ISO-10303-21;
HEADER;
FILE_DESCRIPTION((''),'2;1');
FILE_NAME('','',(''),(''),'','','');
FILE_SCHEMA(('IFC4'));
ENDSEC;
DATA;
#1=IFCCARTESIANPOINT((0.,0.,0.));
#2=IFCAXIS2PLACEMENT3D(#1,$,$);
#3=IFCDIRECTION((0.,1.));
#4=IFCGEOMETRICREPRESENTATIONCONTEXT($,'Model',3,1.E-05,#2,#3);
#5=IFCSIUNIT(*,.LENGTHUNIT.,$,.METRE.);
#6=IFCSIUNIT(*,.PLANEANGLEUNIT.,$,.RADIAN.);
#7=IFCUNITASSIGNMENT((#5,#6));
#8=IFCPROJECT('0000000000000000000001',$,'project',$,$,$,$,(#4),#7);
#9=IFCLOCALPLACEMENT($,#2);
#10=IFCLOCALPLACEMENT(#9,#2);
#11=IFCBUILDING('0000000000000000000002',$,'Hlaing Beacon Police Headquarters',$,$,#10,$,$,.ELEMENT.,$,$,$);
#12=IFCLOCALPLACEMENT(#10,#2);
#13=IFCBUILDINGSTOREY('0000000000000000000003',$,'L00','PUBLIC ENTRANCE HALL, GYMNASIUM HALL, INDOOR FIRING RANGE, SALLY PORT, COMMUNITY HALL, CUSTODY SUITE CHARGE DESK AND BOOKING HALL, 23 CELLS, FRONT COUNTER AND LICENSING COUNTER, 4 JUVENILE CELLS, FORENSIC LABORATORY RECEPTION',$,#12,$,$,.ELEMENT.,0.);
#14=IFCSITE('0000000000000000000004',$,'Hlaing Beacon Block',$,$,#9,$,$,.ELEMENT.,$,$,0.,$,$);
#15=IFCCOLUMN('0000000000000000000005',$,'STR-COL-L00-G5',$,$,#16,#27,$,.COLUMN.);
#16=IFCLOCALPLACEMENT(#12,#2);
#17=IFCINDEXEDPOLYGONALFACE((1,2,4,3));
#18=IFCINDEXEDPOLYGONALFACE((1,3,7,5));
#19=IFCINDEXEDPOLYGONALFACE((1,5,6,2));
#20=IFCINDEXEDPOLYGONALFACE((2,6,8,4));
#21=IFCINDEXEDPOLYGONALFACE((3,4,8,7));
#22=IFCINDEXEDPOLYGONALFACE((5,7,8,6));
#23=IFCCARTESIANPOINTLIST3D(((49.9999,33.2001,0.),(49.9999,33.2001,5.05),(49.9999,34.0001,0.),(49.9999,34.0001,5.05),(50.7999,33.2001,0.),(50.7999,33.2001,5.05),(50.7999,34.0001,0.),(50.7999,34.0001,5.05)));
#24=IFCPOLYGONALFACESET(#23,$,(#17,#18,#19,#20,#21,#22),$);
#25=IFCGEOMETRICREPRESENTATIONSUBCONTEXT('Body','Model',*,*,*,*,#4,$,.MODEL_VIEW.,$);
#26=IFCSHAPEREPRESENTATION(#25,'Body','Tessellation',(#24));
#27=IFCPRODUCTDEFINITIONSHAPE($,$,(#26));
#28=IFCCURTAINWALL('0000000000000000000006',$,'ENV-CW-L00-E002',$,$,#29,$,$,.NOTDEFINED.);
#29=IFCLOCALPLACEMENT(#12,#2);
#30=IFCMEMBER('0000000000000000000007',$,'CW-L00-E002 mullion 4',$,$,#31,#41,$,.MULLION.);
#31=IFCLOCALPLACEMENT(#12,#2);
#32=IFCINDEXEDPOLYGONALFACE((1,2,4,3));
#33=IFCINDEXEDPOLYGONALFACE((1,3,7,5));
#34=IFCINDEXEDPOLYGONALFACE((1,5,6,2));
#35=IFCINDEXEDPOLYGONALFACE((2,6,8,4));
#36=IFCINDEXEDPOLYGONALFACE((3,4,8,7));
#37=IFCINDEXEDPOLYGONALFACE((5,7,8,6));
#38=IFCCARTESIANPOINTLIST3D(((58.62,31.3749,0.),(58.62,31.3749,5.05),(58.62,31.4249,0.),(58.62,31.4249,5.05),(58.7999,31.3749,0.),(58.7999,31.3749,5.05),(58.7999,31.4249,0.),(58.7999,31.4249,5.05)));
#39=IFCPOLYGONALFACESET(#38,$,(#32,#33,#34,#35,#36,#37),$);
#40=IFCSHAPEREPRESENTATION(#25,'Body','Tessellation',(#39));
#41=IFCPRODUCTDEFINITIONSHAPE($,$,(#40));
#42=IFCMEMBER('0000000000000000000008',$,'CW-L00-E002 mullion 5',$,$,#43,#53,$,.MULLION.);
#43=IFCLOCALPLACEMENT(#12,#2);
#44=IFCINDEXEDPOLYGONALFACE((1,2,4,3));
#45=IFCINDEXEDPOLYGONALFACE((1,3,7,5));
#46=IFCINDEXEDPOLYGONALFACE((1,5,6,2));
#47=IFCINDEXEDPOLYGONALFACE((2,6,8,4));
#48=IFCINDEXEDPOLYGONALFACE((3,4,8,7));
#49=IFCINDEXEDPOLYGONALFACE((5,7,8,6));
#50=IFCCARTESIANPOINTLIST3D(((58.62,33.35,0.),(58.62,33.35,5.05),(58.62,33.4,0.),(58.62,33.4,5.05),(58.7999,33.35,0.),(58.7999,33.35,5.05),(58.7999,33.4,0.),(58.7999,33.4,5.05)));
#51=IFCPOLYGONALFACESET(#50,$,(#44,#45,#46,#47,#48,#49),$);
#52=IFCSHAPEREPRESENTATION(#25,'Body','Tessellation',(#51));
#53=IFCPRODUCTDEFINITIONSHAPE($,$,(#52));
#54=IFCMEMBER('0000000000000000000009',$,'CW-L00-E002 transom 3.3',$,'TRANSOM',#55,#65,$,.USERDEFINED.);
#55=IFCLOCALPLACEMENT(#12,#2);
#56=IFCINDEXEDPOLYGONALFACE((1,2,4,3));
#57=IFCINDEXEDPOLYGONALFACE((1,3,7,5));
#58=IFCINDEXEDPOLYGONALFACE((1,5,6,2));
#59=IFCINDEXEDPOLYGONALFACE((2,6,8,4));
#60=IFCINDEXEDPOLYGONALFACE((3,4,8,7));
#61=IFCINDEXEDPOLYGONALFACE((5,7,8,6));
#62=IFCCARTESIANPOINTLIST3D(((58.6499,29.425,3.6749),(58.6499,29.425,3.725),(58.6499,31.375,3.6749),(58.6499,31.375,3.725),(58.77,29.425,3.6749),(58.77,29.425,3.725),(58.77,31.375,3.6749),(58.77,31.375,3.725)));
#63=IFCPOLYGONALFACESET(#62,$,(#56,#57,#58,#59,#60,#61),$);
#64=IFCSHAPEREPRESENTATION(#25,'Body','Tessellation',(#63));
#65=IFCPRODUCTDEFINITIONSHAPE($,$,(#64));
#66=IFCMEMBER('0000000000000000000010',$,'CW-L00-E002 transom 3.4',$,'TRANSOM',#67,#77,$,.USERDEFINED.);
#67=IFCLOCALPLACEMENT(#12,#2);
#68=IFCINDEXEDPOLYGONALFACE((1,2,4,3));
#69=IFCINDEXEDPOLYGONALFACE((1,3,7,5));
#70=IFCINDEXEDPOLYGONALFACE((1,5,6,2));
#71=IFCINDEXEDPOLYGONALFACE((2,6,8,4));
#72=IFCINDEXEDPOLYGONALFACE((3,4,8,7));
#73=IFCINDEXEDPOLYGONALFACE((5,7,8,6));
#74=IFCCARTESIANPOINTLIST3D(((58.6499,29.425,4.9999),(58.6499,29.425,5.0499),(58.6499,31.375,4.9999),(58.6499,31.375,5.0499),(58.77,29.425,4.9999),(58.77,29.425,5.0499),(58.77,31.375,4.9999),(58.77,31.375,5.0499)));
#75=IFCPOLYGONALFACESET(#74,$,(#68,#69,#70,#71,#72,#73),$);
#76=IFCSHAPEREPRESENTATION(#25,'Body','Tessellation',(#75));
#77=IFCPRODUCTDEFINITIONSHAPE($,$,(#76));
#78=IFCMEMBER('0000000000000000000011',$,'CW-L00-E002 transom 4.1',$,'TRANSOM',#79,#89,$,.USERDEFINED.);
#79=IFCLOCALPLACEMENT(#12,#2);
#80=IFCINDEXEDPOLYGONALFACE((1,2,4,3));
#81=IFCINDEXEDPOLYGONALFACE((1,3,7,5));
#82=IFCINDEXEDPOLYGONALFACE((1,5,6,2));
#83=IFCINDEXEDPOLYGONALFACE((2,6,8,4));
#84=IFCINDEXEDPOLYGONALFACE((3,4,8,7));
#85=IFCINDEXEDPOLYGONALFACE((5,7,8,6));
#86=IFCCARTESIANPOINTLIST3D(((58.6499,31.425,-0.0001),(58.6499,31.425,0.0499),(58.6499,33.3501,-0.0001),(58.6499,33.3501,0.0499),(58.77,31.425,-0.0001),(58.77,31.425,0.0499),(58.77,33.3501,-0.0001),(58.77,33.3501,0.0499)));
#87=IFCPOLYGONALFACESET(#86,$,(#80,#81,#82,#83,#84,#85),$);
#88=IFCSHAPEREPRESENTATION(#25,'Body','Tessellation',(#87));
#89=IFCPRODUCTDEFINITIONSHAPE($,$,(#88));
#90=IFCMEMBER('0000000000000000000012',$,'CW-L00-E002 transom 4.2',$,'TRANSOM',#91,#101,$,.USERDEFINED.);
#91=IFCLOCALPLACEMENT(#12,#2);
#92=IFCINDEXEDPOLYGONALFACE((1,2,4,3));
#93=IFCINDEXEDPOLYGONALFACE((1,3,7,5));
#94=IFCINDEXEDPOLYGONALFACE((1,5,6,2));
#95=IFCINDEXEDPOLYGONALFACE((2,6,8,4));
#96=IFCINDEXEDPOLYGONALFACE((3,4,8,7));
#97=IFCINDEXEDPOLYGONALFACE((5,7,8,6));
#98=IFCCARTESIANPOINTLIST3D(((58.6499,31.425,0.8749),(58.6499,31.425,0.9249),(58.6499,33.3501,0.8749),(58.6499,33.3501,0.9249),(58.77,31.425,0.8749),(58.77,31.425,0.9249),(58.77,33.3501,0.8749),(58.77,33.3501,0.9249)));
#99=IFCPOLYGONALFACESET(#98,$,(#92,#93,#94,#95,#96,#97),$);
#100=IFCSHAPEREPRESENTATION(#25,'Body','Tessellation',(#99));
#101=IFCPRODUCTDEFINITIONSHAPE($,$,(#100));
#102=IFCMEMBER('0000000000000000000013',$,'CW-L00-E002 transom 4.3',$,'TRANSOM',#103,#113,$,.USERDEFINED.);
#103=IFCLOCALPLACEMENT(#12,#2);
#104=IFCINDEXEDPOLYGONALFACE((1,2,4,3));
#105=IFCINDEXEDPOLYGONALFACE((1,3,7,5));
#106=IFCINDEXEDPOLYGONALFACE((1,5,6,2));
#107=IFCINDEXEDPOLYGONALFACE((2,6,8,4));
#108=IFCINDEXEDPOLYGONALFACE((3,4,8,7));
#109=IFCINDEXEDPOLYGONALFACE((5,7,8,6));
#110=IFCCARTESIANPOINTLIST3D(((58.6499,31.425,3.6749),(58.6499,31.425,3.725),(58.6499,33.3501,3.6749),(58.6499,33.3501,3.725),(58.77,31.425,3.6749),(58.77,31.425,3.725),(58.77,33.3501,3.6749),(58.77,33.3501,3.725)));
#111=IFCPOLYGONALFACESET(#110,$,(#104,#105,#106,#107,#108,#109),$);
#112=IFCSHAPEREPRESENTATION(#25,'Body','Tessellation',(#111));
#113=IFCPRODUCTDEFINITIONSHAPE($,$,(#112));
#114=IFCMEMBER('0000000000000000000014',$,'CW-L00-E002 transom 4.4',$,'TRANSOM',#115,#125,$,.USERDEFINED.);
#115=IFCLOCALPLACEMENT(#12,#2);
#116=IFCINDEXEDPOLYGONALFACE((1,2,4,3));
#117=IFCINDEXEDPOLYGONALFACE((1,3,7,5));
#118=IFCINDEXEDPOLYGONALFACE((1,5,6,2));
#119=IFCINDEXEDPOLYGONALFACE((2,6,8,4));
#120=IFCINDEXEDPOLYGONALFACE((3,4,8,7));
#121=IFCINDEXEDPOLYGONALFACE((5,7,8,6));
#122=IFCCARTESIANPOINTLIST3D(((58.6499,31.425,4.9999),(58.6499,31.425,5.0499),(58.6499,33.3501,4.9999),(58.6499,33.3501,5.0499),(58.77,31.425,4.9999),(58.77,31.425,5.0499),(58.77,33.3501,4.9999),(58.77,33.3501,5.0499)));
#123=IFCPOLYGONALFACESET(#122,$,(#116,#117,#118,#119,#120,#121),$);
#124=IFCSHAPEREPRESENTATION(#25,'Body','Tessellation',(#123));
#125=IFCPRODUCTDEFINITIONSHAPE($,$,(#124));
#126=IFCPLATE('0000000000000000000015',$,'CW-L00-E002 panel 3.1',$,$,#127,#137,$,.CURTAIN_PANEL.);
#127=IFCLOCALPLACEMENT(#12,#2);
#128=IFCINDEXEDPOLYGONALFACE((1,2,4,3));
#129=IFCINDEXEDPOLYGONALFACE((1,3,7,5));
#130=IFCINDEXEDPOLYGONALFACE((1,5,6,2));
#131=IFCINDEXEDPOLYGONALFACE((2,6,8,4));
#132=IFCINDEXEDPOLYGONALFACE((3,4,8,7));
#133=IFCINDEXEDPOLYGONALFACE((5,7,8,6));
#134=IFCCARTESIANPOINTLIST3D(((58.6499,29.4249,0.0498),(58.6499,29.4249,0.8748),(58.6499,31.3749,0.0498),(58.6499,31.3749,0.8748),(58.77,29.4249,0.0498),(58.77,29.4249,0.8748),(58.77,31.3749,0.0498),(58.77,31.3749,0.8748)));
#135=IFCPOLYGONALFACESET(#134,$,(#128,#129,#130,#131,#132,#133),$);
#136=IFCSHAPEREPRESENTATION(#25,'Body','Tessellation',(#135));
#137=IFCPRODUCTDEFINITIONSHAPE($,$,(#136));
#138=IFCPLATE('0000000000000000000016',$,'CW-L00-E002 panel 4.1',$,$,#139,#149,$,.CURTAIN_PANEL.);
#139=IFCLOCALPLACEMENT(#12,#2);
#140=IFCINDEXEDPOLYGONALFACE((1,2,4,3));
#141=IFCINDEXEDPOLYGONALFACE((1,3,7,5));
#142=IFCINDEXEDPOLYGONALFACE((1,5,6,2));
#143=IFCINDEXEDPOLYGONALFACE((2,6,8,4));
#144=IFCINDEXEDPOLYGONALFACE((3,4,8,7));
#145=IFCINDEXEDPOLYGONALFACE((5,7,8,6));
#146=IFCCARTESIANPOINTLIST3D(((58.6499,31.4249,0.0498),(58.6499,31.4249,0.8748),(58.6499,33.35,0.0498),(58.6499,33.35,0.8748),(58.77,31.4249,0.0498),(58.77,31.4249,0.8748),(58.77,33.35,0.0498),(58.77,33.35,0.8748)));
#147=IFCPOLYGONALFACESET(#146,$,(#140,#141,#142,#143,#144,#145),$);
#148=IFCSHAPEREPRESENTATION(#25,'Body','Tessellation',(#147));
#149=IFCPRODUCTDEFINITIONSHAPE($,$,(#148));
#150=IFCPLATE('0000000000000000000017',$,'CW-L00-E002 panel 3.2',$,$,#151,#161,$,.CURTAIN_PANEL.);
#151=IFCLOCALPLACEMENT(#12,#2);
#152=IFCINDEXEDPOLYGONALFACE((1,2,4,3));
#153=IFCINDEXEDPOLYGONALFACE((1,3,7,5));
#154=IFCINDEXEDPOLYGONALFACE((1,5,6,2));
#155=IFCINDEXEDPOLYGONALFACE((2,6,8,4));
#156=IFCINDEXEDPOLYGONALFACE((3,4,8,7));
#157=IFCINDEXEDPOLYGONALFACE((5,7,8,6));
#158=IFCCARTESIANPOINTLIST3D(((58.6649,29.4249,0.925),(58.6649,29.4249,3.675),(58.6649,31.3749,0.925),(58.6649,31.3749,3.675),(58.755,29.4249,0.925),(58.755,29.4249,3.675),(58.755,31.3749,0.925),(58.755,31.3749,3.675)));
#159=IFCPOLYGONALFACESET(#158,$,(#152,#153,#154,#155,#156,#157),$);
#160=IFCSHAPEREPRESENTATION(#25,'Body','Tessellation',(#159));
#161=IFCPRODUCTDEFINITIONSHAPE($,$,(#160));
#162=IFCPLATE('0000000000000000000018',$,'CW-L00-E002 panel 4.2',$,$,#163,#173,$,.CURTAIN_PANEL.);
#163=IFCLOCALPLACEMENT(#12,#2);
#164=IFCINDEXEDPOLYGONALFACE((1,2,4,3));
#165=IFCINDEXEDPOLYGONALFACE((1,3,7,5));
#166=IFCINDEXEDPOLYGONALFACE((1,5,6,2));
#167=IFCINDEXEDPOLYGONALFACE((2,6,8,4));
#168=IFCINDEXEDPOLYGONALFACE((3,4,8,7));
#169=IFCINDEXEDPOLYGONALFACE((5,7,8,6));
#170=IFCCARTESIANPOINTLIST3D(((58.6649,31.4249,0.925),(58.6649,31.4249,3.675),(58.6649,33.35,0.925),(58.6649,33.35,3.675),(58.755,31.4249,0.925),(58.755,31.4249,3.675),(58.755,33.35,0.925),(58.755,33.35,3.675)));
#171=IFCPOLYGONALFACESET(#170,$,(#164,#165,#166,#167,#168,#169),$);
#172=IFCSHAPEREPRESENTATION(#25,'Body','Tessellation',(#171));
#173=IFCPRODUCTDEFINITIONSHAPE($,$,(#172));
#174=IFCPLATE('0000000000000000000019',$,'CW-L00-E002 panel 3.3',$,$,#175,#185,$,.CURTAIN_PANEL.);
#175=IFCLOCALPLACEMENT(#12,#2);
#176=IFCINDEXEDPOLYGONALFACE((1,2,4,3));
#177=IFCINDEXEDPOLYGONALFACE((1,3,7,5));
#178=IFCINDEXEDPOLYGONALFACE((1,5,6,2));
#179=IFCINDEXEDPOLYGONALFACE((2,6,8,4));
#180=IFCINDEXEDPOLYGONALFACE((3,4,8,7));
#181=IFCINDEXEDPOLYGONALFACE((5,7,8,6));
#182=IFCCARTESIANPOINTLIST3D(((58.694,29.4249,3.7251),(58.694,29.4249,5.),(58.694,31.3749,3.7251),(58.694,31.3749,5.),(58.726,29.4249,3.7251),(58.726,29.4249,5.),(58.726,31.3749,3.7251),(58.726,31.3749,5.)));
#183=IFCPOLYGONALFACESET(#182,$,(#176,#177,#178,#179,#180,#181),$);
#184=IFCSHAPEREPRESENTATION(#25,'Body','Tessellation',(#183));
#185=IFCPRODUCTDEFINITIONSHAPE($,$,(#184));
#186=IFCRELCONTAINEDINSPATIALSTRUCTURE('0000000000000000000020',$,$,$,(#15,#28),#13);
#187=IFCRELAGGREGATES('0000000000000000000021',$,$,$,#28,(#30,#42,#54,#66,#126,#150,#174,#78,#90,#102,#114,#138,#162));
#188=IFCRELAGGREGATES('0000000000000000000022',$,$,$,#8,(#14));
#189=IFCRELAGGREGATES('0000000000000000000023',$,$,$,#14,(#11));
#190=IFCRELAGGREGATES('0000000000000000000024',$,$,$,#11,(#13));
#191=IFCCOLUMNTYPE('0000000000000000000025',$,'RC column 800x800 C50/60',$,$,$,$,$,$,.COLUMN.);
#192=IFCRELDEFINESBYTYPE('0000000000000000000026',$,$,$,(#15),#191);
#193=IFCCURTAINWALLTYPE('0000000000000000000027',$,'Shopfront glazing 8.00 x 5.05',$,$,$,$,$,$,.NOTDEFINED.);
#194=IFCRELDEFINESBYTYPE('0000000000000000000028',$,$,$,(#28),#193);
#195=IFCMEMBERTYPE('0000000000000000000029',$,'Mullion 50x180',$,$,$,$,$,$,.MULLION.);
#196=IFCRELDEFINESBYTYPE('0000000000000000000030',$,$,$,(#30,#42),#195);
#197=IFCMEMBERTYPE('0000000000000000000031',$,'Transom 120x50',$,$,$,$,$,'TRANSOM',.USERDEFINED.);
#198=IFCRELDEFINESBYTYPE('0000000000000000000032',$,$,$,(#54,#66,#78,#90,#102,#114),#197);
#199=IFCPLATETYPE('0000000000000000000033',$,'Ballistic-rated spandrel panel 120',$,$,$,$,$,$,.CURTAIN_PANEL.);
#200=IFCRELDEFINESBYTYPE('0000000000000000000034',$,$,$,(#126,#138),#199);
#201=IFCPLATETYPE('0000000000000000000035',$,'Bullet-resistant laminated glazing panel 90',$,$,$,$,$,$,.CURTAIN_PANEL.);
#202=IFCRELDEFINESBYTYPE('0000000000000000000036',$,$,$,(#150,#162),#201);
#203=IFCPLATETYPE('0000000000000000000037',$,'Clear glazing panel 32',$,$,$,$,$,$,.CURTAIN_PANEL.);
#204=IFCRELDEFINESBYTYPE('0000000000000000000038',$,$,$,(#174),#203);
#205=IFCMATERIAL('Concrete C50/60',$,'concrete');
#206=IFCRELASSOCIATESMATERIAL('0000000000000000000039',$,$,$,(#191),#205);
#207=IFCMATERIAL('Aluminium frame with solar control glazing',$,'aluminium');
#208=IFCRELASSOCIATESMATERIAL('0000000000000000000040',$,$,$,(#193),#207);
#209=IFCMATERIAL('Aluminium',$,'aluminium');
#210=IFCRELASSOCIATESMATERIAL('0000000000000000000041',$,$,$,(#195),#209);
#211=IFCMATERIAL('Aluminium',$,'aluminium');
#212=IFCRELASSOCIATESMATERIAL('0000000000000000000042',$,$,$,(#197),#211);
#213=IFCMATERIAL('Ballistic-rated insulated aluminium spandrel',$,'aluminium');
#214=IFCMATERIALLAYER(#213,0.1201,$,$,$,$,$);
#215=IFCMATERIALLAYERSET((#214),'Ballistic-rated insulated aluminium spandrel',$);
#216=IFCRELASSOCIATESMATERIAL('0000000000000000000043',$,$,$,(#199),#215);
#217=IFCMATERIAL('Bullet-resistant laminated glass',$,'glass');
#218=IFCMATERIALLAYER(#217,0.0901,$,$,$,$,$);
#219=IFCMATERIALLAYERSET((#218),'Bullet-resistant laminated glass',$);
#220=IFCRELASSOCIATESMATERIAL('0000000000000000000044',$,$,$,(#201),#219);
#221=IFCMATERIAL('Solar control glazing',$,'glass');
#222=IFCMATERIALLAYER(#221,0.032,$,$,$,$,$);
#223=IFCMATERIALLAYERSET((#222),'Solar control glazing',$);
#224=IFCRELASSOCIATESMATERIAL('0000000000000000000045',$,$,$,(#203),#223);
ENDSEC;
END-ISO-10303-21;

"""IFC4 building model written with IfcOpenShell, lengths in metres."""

from ifc_helpers import new_model, si_unit, direction, frame, origin, origin_2d, place, context, subcontext, project, spatial, rectangle, extrude, material, layer, layer_set, material_profile, profile_set, type_object, element, aggregate, save


model = new_model("IFC4")

# Units and contexts
model_context = context("Model", 3, precision=1e-05, world=origin(), true_north=direction((0.0, 1.0)))
body_context = subcontext(model_context, "Body", "Model", "MODEL_VIEW")
ifc_project = project(units=[si_unit("LENGTHUNIT", "METRE"), si_unit("PLANEANGLEUNIT", "RADIAN")], contexts=[model_context])

# Site, building, storey
site_placement = place(None, origin())
site = spatial("IfcSite", under=ifc_project, at=site_placement, Name="Hlaing Beacon Block", CompositionType="ELEMENT", RefElevation=0.0)
building_placement = place(site_placement, origin())
building = spatial("IfcBuilding", under=site, at=building_placement, Name="Hlaing Beacon Police Headquarters", CompositionType="ELEMENT")
storey_placement = place(building_placement, origin())
storey = spatial("IfcBuildingStorey", under=building, at=storey_placement, Name="L00", Description="PUBLIC ENTRANCE HALL, GYMNASIUM HALL, INDOOR FIRING RANGE, SALLY PORT, COMMUNITY HALL, CUSTODY SUITE CHARGE DESK AND BOOKING HALL, 23 CELLS, FRONT COUNTER AND LICENSING COUNTER, 4 JUVENILE CELLS, FORENSIC LABORATORY RECEPTION", CompositionType="ELEMENT", Elevation=0.0)

# Column
ifc_material_1 = material(Name="Concrete C50/60", Category="concrete")
ifc_material_profile_1 = material_profile(ifc_material_1, rectangle(XDim=0.8, YDim=0.8, at=origin_2d()), Name="800x800")
ifc_profile_set_1 = profile_set([ifc_material_profile_1], Name="Concrete C50/60")
column_type = type_object("IfcColumnType", Name="RC column 800x800 C50/60", PredefinedType="COLUMN", material=ifc_profile_set_1)
column_placement = place(storey_placement, frame((50.3999, 33.6001, 0.0), z_axis=(0.0, 0.0, 1.0), x_axis=(1.0, 0.0, 0.0)))
element("IfcColumn", 1, at=column_placement, inside=storey, type_object=column_type, Name="STR-COL-L00-G5", PredefinedType="COLUMN", context=body_context, shape_type="SweptSolid", body=[
    extrude(rectangle(XDim=0.8, YDim=0.8, at=origin_2d()), origin(), (0.0, 0.0, 1.0), 5.05),
])

# Curtain wall, members, plates
ifc_material_2 = material(Name="Aluminium frame with solar control glazing", Category="aluminium")
curtain_wall_type = type_object("IfcCurtainWallType", Name="Shopfront glazing 8.00 x 5.05", PredefinedType="NOTDEFINED", material=ifc_material_2)
curtain_wall_placement = place(storey_placement, origin())
curtain_wall = element("IfcCurtainWall", 2, at=curtain_wall_placement, inside=storey, type_object=curtain_wall_type, Name="ENV-CW-L00-E002", PredefinedType="NOTDEFINED")
ifc_material_3 = material(Name="Aluminium", Category="aluminium")
ifc_material_profile_2 = material_profile(ifc_material_3, rectangle(XDim=0.1799, YDim=0.05, at=origin_2d()), Name="Mullion 50x180")
ifc_profile_set_2 = profile_set([ifc_material_profile_2], Name="Aluminium")
member_type_1 = type_object("IfcMemberType", Name="Mullion 50x180", PredefinedType="MULLION", material=ifc_profile_set_2)
member_1_placement = place(storey_placement, frame((58.71, 31.3999, 0.0), z_axis=(0.0, 0.0, 1.0), x_axis=(-1.0, 0.0, 0.0)))
member_1 = element("IfcMember", 3, at=member_1_placement, type_object=member_type_1, Name="CW-L00-E002 mullion 4", PredefinedType="MULLION", context=body_context, shape_type="SweptSolid", body=[
    extrude(rectangle(XDim=0.1799, YDim=0.05, at=origin_2d()), origin(), (0.0, 0.0, 1.0), 5.05),
])
member_2_placement = place(storey_placement, frame((58.71, 33.375, 0.0), z_axis=(0.0, 0.0, 1.0), x_axis=(-1.0, 0.0, 0.0)))
member_2 = element("IfcMember", 4, at=member_2_placement, type_object=member_type_1, Name="CW-L00-E002 mullion 5", PredefinedType="MULLION", context=body_context, shape_type="SweptSolid", body=[
    extrude(rectangle(XDim=0.1799, YDim=0.05, at=origin_2d()), origin(), (0.0, 0.0, 1.0), 5.05),
])
ifc_material_4 = material(Name="Aluminium", Category="aluminium")
ifc_material_profile_3 = material_profile(ifc_material_4, rectangle(XDim=0.1201, YDim=0.05, at=origin_2d()), Name="Transom 120x50")
ifc_profile_set_3 = profile_set([ifc_material_profile_3], Name="Aluminium")
member_type_2 = type_object("IfcMemberType", Name="Transom 120x50", ElementType="TRANSOM", PredefinedType="USERDEFINED", material=ifc_profile_set_3)
member_3_placement = place(storey_placement, frame((58.71, 29.425, 3.7), z_axis=(0.0, 1.0, 0.0), x_axis=(-1.0, 0.0, 0.0)))
member_3 = element("IfcMember", 5, at=member_3_placement, type_object=member_type_2, Name="CW-L00-E002 transom 3.3", ObjectType="TRANSOM", PredefinedType="USERDEFINED", context=body_context, shape_type="SweptSolid", body=[
    extrude(rectangle(XDim=0.1201, YDim=0.05, at=origin_2d()), origin(), (0.0, 0.0, 1.0), 1.95),
])
member_4_placement = place(storey_placement, frame((58.71, 29.425, 5.0249), z_axis=(0.0, 1.0, 0.0), x_axis=(-1.0, 0.0, 0.0)))
member_4 = element("IfcMember", 6, at=member_4_placement, type_object=member_type_2, Name="CW-L00-E002 transom 3.4", ObjectType="TRANSOM", PredefinedType="USERDEFINED", context=body_context, shape_type="SweptSolid", body=[
    extrude(rectangle(XDim=0.1201, YDim=0.05, at=origin_2d()), origin(), (0.0, 0.0, 1.0), 1.95),
])
member_5_placement = place(storey_placement, frame((58.71, 31.425, 0.0249), z_axis=(0.0, 1.0, 0.0), x_axis=(-1.0, 0.0, 0.0)))
member_5 = element("IfcMember", 7, at=member_5_placement, type_object=member_type_2, Name="CW-L00-E002 transom 4.1", ObjectType="TRANSOM", PredefinedType="USERDEFINED", context=body_context, shape_type="SweptSolid", body=[
    extrude(rectangle(XDim=0.1201, YDim=0.05, at=origin_2d()), origin(), (0.0, 0.0, 1.0), 1.925),
])
member_6_placement = place(storey_placement, frame((58.71, 31.425, 0.8999), z_axis=(0.0, 1.0, 0.0), x_axis=(-1.0, 0.0, 0.0)))
member_6 = element("IfcMember", 8, at=member_6_placement, type_object=member_type_2, Name="CW-L00-E002 transom 4.2", ObjectType="TRANSOM", PredefinedType="USERDEFINED", context=body_context, shape_type="SweptSolid", body=[
    extrude(rectangle(XDim=0.1201, YDim=0.05, at=origin_2d()), origin(), (0.0, 0.0, 1.0), 1.925),
])
member_7_placement = place(storey_placement, frame((58.71, 31.425, 3.7), z_axis=(0.0, 1.0, 0.0), x_axis=(-1.0, 0.0, 0.0)))
member_7 = element("IfcMember", 9, at=member_7_placement, type_object=member_type_2, Name="CW-L00-E002 transom 4.3", ObjectType="TRANSOM", PredefinedType="USERDEFINED", context=body_context, shape_type="SweptSolid", body=[
    extrude(rectangle(XDim=0.1201, YDim=0.05, at=origin_2d()), origin(), (0.0, 0.0, 1.0), 1.925),
])
member_8_placement = place(storey_placement, frame((58.71, 31.425, 5.0249), z_axis=(0.0, 1.0, 0.0), x_axis=(-1.0, 0.0, 0.0)))
member_8 = element("IfcMember", 10, at=member_8_placement, type_object=member_type_2, Name="CW-L00-E002 transom 4.4", ObjectType="TRANSOM", PredefinedType="USERDEFINED", context=body_context, shape_type="SweptSolid", body=[
    extrude(rectangle(XDim=0.1201, YDim=0.05, at=origin_2d()), origin(), (0.0, 0.0, 1.0), 1.925),
])
ifc_material_5 = material(Name="Ballistic-rated insulated aluminium spandrel", Category="aluminium")
ifc_layer_1 = layer(ifc_material_5, 0.1201)
ifc_layer_set_1 = layer_set([ifc_layer_1], Name="Ballistic-rated insulated aluminium spandrel")
plate_type_1 = type_object("IfcPlateType", Name="Ballistic-rated spandrel panel 120", PredefinedType="CURTAIN_PANEL", material=ifc_layer_set_1)
plate_1_placement = place(storey_placement, frame((58.71, 30.3999, 0.0498), z_axis=(0.0, 0.0, 1.0), x_axis=(0.0, 1.0, 0.0)))
plate_1 = element("IfcPlate", 11, at=plate_1_placement, type_object=plate_type_1, Name="CW-L00-E002 panel 3.1", PredefinedType="CURTAIN_PANEL", context=body_context, shape_type="SweptSolid", body=[
    extrude(rectangle(XDim=1.95, YDim=0.1201, at=origin_2d()), origin(), (0.0, 0.0, 1.0), 0.825),
])
plate_2_placement = place(storey_placement, frame((58.71, 32.3875, 0.0498), z_axis=(0.0, 0.0, 1.0), x_axis=(0.0, 1.0, 0.0)))
plate_2 = element("IfcPlate", 12, at=plate_2_placement, type_object=plate_type_1, Name="CW-L00-E002 panel 4.1", PredefinedType="CURTAIN_PANEL", context=body_context, shape_type="SweptSolid", body=[
    extrude(rectangle(XDim=1.925, YDim=0.1201, at=origin_2d()), origin(), (0.0, 0.0, 1.0), 0.825),
])
ifc_material_6 = material(Name="Bullet-resistant laminated glass", Category="glass")
ifc_layer_2 = layer(ifc_material_6, 0.0901)
ifc_layer_set_2 = layer_set([ifc_layer_2], Name="Bullet-resistant laminated glass")
plate_type_2 = type_object("IfcPlateType", Name="Bullet-resistant laminated glazing panel 90", PredefinedType="CURTAIN_PANEL", material=ifc_layer_set_2)
plate_3_placement = place(storey_placement, frame((58.71, 30.3999, 0.925), z_axis=(0.0, 0.0, 1.0), x_axis=(0.0, 1.0, 0.0)))
plate_3 = element("IfcPlate", 13, at=plate_3_placement, type_object=plate_type_2, Name="CW-L00-E002 panel 3.2", PredefinedType="CURTAIN_PANEL", context=body_context, shape_type="SweptSolid", body=[
    extrude(rectangle(XDim=1.95, YDim=0.0901, at=origin_2d()), origin(), (0.0, 0.0, 1.0), 2.75),
])
plate_4_placement = place(storey_placement, frame((58.71, 32.3875, 0.925), z_axis=(0.0, 0.0, 1.0), x_axis=(0.0, 1.0, 0.0)))
plate_4 = element("IfcPlate", 14, at=plate_4_placement, type_object=plate_type_2, Name="CW-L00-E002 panel 4.2", PredefinedType="CURTAIN_PANEL", context=body_context, shape_type="SweptSolid", body=[
    extrude(rectangle(XDim=1.925, YDim=0.0901, at=origin_2d()), origin(), (0.0, 0.0, 1.0), 2.75),
])
ifc_material_7 = material(Name="Solar control glazing", Category="glass")
ifc_layer_3 = layer(ifc_material_7, 0.032)
ifc_layer_set_3 = layer_set([ifc_layer_3], Name="Solar control glazing")
plate_type_3 = type_object("IfcPlateType", Name="Clear glazing panel 32", PredefinedType="CURTAIN_PANEL", material=ifc_layer_set_3)
plate_5_placement = place(storey_placement, frame((58.71, 30.3999, 3.7251), z_axis=(0.0, 0.0, 1.0), x_axis=(0.0, 1.0, 0.0)))
plate_5 = element("IfcPlate", 15, at=plate_5_placement, type_object=plate_type_3, Name="CW-L00-E002 panel 3.3", PredefinedType="CURTAIN_PANEL", context=body_context, shape_type="SweptSolid", body=[
    extrude(rectangle(XDim=1.95, YDim=0.032, at=origin_2d()), origin(), (0.0, 0.0, 1.0), 1.2749),
])
aggregate(curtain_wall, [member_1, member_2, member_3, member_4, plate_1, plate_3, plate_5, member_5, member_6, member_7, member_8, plate_2, plate_4])

save(model, "model.ifc")
